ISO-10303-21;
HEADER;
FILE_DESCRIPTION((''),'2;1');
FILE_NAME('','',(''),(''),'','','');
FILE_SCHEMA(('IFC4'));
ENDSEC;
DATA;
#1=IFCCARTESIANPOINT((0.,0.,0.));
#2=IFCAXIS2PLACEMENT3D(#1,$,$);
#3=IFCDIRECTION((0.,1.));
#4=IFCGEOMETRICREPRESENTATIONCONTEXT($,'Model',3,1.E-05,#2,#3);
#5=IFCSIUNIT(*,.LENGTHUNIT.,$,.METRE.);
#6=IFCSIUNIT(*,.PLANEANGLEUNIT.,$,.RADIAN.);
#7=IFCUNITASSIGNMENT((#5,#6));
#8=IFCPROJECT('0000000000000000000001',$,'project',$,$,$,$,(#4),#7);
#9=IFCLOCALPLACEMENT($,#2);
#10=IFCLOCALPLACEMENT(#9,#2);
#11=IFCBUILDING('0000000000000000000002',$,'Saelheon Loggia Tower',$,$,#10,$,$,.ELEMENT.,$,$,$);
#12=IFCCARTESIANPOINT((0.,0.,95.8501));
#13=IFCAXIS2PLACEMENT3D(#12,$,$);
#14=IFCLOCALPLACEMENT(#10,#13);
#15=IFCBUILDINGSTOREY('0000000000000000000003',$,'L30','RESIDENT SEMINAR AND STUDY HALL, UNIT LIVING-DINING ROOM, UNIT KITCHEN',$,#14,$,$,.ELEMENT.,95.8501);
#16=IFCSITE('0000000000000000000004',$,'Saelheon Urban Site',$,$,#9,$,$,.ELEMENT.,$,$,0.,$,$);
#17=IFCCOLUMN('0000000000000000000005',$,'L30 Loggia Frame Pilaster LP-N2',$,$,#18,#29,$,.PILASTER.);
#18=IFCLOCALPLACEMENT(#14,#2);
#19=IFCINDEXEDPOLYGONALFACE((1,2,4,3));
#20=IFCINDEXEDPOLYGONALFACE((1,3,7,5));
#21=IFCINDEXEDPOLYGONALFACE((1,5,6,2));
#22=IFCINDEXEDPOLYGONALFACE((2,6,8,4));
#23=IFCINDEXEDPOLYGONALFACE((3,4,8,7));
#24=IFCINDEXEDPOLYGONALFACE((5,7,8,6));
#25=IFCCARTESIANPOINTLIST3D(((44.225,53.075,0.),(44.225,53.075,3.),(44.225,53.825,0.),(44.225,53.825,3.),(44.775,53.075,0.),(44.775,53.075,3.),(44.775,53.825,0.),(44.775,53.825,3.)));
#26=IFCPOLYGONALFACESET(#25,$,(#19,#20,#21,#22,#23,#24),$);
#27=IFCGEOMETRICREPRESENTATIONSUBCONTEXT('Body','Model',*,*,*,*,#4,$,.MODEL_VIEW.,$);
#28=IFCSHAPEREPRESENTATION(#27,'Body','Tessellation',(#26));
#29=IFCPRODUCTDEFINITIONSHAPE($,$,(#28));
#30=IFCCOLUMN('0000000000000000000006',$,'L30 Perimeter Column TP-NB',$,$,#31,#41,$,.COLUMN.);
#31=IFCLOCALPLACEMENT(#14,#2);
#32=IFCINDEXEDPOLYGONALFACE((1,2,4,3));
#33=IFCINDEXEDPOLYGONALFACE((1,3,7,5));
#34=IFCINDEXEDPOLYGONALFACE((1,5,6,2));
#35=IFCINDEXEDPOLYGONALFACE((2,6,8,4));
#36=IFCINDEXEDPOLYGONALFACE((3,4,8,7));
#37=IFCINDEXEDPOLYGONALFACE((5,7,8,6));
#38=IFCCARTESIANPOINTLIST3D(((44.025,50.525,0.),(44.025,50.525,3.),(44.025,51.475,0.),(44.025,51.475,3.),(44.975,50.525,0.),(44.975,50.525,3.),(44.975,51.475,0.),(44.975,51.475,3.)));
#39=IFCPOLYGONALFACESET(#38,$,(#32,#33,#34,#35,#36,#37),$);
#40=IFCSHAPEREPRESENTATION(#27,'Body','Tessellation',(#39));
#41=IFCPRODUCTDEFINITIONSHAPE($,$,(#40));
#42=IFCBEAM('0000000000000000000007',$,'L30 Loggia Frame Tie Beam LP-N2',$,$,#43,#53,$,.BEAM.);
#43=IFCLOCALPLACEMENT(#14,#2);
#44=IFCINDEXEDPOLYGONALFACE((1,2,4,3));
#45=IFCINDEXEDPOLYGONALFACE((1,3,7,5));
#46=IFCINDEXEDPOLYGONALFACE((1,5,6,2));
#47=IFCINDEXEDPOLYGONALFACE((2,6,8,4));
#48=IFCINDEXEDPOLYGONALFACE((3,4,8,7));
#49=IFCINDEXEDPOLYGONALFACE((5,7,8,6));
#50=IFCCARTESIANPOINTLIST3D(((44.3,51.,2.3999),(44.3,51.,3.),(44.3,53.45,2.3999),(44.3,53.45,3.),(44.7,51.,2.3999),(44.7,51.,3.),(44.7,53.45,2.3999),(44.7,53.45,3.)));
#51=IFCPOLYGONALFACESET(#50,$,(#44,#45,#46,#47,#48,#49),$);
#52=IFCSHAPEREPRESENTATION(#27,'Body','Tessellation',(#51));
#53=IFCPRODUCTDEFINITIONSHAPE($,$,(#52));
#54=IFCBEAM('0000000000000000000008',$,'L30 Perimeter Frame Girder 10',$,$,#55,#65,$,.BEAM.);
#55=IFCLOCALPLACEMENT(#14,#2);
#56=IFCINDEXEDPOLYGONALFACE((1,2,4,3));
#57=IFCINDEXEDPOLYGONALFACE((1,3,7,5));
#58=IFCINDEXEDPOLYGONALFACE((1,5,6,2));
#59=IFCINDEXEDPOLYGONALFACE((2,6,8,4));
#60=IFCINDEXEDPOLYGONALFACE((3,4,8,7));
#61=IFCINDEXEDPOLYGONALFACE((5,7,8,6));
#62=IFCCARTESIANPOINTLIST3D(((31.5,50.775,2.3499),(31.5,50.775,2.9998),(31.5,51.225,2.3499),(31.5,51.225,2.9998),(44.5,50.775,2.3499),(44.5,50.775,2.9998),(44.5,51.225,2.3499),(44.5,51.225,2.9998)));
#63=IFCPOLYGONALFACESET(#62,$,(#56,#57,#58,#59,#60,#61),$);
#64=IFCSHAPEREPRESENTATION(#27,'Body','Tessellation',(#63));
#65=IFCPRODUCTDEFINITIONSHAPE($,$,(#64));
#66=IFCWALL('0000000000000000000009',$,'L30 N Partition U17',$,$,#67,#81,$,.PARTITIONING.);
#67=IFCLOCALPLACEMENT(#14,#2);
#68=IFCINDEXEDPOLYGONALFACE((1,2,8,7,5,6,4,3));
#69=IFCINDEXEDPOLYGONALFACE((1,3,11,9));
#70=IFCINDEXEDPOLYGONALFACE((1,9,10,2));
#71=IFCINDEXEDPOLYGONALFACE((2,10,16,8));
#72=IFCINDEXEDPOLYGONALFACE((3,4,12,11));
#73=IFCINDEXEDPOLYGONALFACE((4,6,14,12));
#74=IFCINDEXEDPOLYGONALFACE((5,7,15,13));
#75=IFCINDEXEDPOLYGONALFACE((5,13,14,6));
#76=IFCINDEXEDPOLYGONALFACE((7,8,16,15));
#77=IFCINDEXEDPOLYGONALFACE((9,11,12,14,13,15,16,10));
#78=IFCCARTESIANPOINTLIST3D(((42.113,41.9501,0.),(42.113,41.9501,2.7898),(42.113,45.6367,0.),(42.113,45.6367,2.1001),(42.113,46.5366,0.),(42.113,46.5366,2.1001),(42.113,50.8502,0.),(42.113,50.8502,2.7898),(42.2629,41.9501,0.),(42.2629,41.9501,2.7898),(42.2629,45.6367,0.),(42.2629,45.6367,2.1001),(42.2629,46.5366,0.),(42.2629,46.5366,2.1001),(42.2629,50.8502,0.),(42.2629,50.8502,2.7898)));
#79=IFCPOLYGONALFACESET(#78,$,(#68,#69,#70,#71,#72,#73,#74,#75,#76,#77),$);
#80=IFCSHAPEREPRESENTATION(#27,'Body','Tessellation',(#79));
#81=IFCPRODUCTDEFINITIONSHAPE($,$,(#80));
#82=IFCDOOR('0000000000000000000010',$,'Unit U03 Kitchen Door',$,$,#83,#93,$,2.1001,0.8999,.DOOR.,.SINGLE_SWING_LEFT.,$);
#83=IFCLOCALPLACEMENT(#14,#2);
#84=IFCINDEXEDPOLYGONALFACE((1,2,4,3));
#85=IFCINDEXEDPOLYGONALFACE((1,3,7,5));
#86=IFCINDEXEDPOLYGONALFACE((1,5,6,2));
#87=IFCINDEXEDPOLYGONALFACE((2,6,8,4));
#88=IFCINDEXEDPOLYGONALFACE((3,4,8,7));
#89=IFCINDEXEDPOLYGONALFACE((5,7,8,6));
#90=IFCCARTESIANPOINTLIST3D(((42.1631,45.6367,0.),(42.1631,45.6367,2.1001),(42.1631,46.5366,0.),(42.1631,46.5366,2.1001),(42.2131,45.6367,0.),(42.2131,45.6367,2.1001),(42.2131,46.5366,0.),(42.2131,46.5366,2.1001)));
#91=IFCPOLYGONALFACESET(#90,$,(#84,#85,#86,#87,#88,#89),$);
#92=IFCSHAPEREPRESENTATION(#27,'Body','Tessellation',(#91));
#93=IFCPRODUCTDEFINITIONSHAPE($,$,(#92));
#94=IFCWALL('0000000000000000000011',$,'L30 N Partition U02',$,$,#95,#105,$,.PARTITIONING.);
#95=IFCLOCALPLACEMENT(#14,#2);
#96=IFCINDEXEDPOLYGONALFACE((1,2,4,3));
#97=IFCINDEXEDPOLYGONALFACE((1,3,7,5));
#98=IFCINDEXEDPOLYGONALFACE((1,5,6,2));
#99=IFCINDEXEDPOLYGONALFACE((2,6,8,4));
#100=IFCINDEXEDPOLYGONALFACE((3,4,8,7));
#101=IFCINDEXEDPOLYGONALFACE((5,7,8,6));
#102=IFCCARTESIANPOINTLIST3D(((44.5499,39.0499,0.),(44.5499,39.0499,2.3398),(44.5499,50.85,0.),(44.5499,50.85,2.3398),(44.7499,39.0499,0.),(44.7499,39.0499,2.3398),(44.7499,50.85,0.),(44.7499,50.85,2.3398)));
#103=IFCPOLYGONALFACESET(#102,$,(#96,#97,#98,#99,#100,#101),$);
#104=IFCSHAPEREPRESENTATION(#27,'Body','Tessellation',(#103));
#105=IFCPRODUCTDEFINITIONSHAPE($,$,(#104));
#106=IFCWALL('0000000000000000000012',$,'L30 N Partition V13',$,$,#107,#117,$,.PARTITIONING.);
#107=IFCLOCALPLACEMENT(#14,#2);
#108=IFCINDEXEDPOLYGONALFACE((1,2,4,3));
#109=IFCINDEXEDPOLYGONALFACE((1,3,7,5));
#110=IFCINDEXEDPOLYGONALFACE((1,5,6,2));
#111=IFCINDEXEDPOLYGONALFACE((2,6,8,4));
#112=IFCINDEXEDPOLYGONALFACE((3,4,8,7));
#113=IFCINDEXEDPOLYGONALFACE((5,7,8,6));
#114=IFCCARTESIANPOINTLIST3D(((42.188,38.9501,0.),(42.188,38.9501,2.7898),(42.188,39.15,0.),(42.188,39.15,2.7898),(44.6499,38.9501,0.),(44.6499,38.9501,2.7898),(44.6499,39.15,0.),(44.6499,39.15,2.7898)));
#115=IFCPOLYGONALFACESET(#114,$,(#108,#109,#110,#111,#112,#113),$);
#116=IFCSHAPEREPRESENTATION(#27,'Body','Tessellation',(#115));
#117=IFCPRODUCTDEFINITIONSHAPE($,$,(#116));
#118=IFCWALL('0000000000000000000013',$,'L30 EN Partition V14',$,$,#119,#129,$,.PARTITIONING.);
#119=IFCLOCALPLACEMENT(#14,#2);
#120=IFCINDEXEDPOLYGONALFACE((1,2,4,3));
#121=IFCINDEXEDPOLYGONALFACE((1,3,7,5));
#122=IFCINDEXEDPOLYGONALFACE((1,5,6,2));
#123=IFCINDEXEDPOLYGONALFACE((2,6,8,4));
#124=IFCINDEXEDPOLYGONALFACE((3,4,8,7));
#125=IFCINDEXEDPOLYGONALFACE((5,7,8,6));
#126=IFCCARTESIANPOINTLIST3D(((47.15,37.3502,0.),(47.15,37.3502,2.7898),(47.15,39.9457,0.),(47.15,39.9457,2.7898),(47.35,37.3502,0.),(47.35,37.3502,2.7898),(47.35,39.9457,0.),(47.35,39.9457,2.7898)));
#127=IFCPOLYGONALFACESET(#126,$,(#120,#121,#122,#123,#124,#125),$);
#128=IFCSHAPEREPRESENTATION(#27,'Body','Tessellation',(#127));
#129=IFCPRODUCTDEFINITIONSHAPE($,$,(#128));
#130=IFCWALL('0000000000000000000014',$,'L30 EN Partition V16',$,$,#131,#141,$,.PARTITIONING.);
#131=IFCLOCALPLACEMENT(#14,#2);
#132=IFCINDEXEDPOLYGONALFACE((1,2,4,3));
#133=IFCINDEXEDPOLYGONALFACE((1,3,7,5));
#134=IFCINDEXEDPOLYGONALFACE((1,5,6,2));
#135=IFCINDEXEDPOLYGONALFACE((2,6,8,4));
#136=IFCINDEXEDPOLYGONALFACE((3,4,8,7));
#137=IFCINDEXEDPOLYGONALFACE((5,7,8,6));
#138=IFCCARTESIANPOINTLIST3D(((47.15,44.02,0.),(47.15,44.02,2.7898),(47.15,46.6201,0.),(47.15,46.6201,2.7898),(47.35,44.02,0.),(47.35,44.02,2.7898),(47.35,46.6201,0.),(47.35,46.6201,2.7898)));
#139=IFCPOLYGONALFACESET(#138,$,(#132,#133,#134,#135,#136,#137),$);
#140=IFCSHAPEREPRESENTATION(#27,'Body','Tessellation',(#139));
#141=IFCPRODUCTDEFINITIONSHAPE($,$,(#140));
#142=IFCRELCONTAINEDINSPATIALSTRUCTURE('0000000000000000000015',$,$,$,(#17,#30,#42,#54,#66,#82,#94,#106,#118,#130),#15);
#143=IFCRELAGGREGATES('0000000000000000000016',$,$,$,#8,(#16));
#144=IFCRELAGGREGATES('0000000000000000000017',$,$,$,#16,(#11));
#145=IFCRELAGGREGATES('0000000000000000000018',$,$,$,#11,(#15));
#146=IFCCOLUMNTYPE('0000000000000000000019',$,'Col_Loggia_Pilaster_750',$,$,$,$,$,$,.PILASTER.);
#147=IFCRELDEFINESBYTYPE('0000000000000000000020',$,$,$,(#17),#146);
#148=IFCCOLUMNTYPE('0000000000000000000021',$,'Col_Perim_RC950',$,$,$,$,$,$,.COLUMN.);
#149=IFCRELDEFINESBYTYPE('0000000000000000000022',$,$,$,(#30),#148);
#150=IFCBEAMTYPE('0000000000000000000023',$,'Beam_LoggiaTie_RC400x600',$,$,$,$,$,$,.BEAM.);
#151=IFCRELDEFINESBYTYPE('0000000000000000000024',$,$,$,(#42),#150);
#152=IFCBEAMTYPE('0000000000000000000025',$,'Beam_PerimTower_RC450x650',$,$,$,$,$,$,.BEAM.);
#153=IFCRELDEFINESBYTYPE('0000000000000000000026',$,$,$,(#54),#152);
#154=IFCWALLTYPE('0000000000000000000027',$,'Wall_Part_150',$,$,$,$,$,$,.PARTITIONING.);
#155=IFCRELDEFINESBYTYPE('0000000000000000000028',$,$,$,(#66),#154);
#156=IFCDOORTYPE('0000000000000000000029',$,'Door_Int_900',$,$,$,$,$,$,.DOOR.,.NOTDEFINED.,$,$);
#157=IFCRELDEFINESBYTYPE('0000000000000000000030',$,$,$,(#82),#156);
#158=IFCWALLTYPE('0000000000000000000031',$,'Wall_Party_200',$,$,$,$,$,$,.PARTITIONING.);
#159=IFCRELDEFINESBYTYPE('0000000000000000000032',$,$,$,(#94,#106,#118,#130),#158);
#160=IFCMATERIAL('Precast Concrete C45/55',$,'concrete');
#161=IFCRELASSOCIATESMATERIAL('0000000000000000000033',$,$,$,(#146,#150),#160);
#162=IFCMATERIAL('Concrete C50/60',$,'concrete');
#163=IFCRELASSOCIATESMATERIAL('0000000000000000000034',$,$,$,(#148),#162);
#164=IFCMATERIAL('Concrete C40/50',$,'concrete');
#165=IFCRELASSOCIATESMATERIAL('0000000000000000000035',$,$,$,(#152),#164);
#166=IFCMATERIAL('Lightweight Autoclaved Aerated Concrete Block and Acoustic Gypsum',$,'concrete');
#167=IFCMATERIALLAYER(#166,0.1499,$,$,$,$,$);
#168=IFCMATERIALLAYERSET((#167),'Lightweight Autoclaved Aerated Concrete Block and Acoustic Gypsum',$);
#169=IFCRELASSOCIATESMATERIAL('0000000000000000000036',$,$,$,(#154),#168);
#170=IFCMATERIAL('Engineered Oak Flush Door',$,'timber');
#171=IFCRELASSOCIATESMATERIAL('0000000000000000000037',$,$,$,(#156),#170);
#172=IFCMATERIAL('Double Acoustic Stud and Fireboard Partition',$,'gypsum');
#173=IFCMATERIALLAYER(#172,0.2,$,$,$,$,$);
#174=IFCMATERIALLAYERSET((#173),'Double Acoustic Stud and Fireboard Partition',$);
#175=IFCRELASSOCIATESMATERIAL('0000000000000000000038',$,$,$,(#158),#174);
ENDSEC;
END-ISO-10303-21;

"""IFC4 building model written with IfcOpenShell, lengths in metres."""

from ifc_helpers import new_model, si_unit, direction, frame, frame_2d, origin, origin_2d, place, context, subcontext, project, spatial, rectangle, extrude, source, transform, mapped, material, layer, layer_set, material_profile, profile_set, type_object, element, fill, save


model = new_model("IFC4")

# Units and contexts
model_context = context("Model", 3, precision=1e-05, world=origin(), true_north=direction((0.0, 1.0)))
body_context = subcontext(model_context, "Body", "Model", "MODEL_VIEW")
ifc_project = project(units=[si_unit("LENGTHUNIT", "METRE"), si_unit("PLANEANGLEUNIT", "RADIAN")], contexts=[model_context])

# Site, building, storey
site_placement = place(None, origin())
site = spatial("IfcSite", under=ifc_project, at=site_placement, Name="Saelheon Urban Site", CompositionType="ELEMENT", RefElevation=0.0)
building_placement = place(site_placement, origin())
building = spatial("IfcBuilding", under=site, at=building_placement, Name="Saelheon Loggia Tower", CompositionType="ELEMENT")
storey_placement = place(building_placement, frame((0.0, 0.0, 95.8501)))
storey = spatial("IfcBuildingStorey", under=building, at=storey_placement, Name="L30", Description="RESIDENT SEMINAR AND STUDY HALL, UNIT LIVING-DINING ROOM, UNIT KITCHEN", CompositionType="ELEMENT", Elevation=95.8501)

# Columns
ifc_material_1 = material(Name="Precast Concrete C45/55", Category="concrete")
ifc_material_profile_1 = material_profile(ifc_material_1, rectangle(XDim=0.55, YDim=0.75, at=origin_2d()), Name="RC-550x750")
ifc_profile_set_1 = profile_set([ifc_material_profile_1], Name="Precast Concrete C45/55")
column_type_1 = type_object("IfcColumnType", Name="Col_Loggia_Pilaster_750", PredefinedType="PILASTER", material=ifc_profile_set_1)
shared_shape_1 = source(origin(), body_context, "Body", "SweptSolid", [
    extrude(rectangle(XDim=0.55, YDim=0.75, at=origin_2d()), origin(), (0.0, 0.0, 1.0), 3.0),
])
column_1_placement = place(storey_placement, frame((44.5, 53.45, 0.0), z_axis=(0.0, 0.0, 1.0), x_axis=(1.0, 0.0, 0.0)))
element("IfcColumn", 1, at=column_1_placement, inside=storey, type_object=column_type_1, Name="L30 Loggia Frame Pilaster LP-N2", PredefinedType="PILASTER", context=body_context, shape_type="MappedRepresentation", body=[
    mapped(shared_shape_1, transform((0.0, 0.0, 0.0), scale=1.0)),
])
ifc_material_2 = material(Name="Concrete C50/60", Category="concrete")
ifc_material_profile_2 = material_profile(ifc_material_2, rectangle(XDim=0.95, YDim=0.95, at=origin_2d()), Name="RC-950x950")
ifc_profile_set_2 = profile_set([ifc_material_profile_2], Name="Concrete C50/60")
column_type_2 = type_object("IfcColumnType", Name="Col_Perim_RC950", PredefinedType="COLUMN", material=ifc_profile_set_2)
shared_shape_2 = source(origin(), body_context, "Body", "SweptSolid", [
    extrude(rectangle(XDim=0.95, YDim=0.95, at=origin_2d()), origin(), (0.0, 0.0, 1.0), 3.0),
])
column_2_placement = place(storey_placement, frame((44.5, 51.0, 0.0), z_axis=(0.0, 0.0, 1.0), x_axis=(1.0, 0.0, 0.0)))
element("IfcColumn", 2, at=column_2_placement, inside=storey, type_object=column_type_2, Name="L30 Perimeter Column TP-NB", PredefinedType="COLUMN", context=body_context, shape_type="MappedRepresentation", body=[
    mapped(shared_shape_2, transform((0.0, 0.0, 0.0), scale=1.0)),
])

# Beams
ifc_material_profile_3 = material_profile(ifc_material_1, rectangle(XDim=0.3999, YDim=0.6001, at=origin_2d()), Name="RC-400x600")
ifc_profile_set_3 = profile_set([ifc_material_profile_3], Name="Precast Concrete C45/55")
beam_type_1 = type_object("IfcBeamType", Name="Beam_LoggiaTie_RC400x600", PredefinedType="BEAM", material=ifc_profile_set_3)
shared_shape_3 = source(origin(), body_context, "Body", "SweptSolid", [
    extrude(rectangle(XDim=0.3999, YDim=0.6001, at=origin_2d()), origin(), (0.0, 0.0, 1.0), 2.45),
])
beam_1_placement = place(storey_placement, frame((44.5, 51.0, 2.7), z_axis=(0.0, 1.0, 0.0), x_axis=(-1.0, 0.0, 0.0)))
element("IfcBeam", 3, at=beam_1_placement, inside=storey, type_object=beam_type_1, Name="L30 Loggia Frame Tie Beam LP-N2", PredefinedType="BEAM", context=body_context, shape_type="MappedRepresentation", body=[
    mapped(shared_shape_3, transform((0.0, 0.0, 0.0), scale=1.0)),
])
ifc_material_3 = material(Name="Concrete C40/50", Category="concrete")
ifc_material_profile_4 = material_profile(ifc_material_3, rectangle(XDim=0.45, YDim=0.6499, at=origin_2d()), Name="RC-450x650")
ifc_profile_set_4 = profile_set([ifc_material_profile_4], Name="Concrete C40/50")
beam_type_2 = type_object("IfcBeamType", Name="Beam_PerimTower_RC450x650", PredefinedType="BEAM", material=ifc_profile_set_4)
shared_shape_4 = source(origin(), body_context, "Body", "SweptSolid", [
    extrude(rectangle(XDim=0.45, YDim=0.6499, at=origin_2d()), origin(), (0.0, 0.0, 1.0), 13.0),
])
beam_2_placement = place(storey_placement, frame((44.5, 51.0, 2.6748), z_axis=(-1.0, 0.0, 0.0), x_axis=(0.0, -1.0, 0.0)))
element("IfcBeam", 4, at=beam_2_placement, inside=storey, type_object=beam_type_2, Name="L30 Perimeter Frame Girder 10", PredefinedType="BEAM", context=body_context, shape_type="MappedRepresentation", body=[
    mapped(shared_shape_4, transform((0.0, 0.0, 0.0), scale=1.0)),
])

# Wall, opening, door
ifc_material_4 = material(Name="Lightweight Autoclaved Aerated Concrete Block and Acoustic Gypsum", Category="concrete")
ifc_layer_1 = layer(ifc_material_4, 0.1499)
ifc_layer_set_1 = layer_set([ifc_layer_1], Name="Lightweight Autoclaved Aerated Concrete Block and Acoustic Gypsum")
wall_type_1 = type_object("IfcWallType", Name="Wall_Part_150", PredefinedType="PARTITIONING", material=ifc_layer_set_1)
wall_1_placement = place(storey_placement, frame((42.188, 41.95, 0.0), z_axis=(0.0, 0.0, 1.0), x_axis=(0.0, 1.0, 0.0)))
wall_1 = element("IfcWall", 5, at=wall_1_placement, inside=storey, type_object=wall_type_1, Name="L30 N Partition U17", PredefinedType="PARTITIONING", context=body_context, shape_type="SweptSolid", body=[
    extrude(rectangle(XDim=8.9001, YDim=0.1499, at=frame_2d((4.4502, 0.0))), origin(), (0.0, 0.0, 1.0), 2.7898),
])
opening_1_placement = place(wall_1_placement, frame((3.6868, 0.0, 0.0)))
opening_1 = element("IfcOpeningElement", 6, at=opening_1_placement, cuts=wall_1, PredefinedType="OPENING", context=body_context, shape_type="SweptSolid", body=[
    extrude(rectangle(XDim=0.8999, YDim=2.1001, at=frame_2d((0.45, 1.05))), frame((0.0, 0.0869, 0.0), z_axis=(0.0, -1.0, 0.0), x_axis=(1.0, 0.0, 0.0)), (0.0, 0.0, 1.0), 0.1738),
])
ifc_material_5 = material(Name="Engineered Oak Flush Door", Category="timber")
door_type_1 = type_object("IfcDoorType", Name="Door_Int_900", OperationType="NOTDEFINED", PredefinedType="DOOR", material=ifc_material_5)
shared_shape_5 = source(origin(), body_context, "Body", "SweptSolid", [
    extrude(rectangle(XDim=0.8999, YDim=2.1001, at=frame_2d((0.45, 1.05))), frame((0.0, 0.0249, 0.0), z_axis=(0.0, -1.0, 0.0), x_axis=(1.0, 0.0, 0.0)), (0.0, 0.0, 1.0), 0.05),
])
door_1_placement = place(opening_1_placement, origin())
door_1 = element("IfcDoor", 7, at=door_1_placement, inside=storey, type_object=door_type_1, Name="Unit U03 Kitchen Door", OperationType="SINGLE_SWING_LEFT", OverallHeight=2.1001, OverallWidth=0.8999, PredefinedType="DOOR", context=body_context, shape_type="MappedRepresentation", body=[
    mapped(shared_shape_5, transform((0.0, 0.0, 0.0), scale=1.0)),
])
fill(opening_1, door_1)

# Walls
ifc_material_6 = material(Name="Double Acoustic Stud and Fireboard Partition", Category="gypsum")
ifc_layer_2 = layer(ifc_material_6, 0.2)
ifc_layer_set_2 = layer_set([ifc_layer_2], Name="Double Acoustic Stud and Fireboard Partition")
wall_type_2 = type_object("IfcWallType", Name="Wall_Party_200", PredefinedType="PARTITIONING", material=ifc_layer_set_2)
wall_2_placement = place(storey_placement, frame((44.6499, 39.05, 0.0), z_axis=(0.0, 0.0, 1.0), x_axis=(0.0, 1.0, 0.0)))
element("IfcWall", 8, at=wall_2_placement, inside=storey, type_object=wall_type_2, Name="L30 N Partition U02", PredefinedType="PARTITIONING", context=body_context, shape_type="SweptSolid", body=[
    extrude(rectangle(XDim=11.8, YDim=0.2, at=frame_2d((5.8999, 0.0))), origin(), (0.0, 0.0, 1.0), 2.3398),
])
wall_3_placement = place(storey_placement, frame((42.188, 39.05, 0.0), z_axis=(0.0, 0.0, 1.0), x_axis=(1.0, 0.0, 0.0)))
element("IfcWall", 9, at=wall_3_placement, inside=storey, type_object=wall_type_2, Name="L30 N Partition V13", PredefinedType="PARTITIONING", context=body_context, shape_type="SweptSolid", body=[
    extrude(rectangle(XDim=2.4619, YDim=0.2, at=frame_2d((1.231, 0.0))), origin(), (0.0, 0.0, 1.0), 2.7898),
])
wall_4_placement = place(storey_placement, frame((47.25, 37.3501, 0.0), z_axis=(0.0, 0.0, 1.0), x_axis=(0.0, 1.0, 0.0)))
element("IfcWall", 10, at=wall_4_placement, inside=storey, type_object=wall_type_2, Name="L30 EN Partition V14", PredefinedType="PARTITIONING", context=body_context, shape_type="SweptSolid", body=[
    extrude(rectangle(XDim=2.5955, YDim=0.2, at=frame_2d((1.2979, 0.0))), origin(), (0.0, 0.0, 1.0), 2.7898),
])

# Wall
wall_5_placement = place(storey_placement, frame((47.25, 44.02, 0.0), z_axis=(0.0, 0.0, 1.0), x_axis=(0.0, 1.0, 0.0)))
element("IfcWall", 11, at=wall_5_placement, inside=storey, type_object=wall_type_2, Name="L30 EN Partition V16", PredefinedType="PARTITIONING", context=body_context, shape_type="SweptSolid", body=[
    extrude(rectangle(XDim=2.6001, YDim=0.2, at=frame_2d((1.3, 0.0))), origin(), (0.0, 0.0, 1.0), 2.7898),
])

save(model, "model.ifc")
